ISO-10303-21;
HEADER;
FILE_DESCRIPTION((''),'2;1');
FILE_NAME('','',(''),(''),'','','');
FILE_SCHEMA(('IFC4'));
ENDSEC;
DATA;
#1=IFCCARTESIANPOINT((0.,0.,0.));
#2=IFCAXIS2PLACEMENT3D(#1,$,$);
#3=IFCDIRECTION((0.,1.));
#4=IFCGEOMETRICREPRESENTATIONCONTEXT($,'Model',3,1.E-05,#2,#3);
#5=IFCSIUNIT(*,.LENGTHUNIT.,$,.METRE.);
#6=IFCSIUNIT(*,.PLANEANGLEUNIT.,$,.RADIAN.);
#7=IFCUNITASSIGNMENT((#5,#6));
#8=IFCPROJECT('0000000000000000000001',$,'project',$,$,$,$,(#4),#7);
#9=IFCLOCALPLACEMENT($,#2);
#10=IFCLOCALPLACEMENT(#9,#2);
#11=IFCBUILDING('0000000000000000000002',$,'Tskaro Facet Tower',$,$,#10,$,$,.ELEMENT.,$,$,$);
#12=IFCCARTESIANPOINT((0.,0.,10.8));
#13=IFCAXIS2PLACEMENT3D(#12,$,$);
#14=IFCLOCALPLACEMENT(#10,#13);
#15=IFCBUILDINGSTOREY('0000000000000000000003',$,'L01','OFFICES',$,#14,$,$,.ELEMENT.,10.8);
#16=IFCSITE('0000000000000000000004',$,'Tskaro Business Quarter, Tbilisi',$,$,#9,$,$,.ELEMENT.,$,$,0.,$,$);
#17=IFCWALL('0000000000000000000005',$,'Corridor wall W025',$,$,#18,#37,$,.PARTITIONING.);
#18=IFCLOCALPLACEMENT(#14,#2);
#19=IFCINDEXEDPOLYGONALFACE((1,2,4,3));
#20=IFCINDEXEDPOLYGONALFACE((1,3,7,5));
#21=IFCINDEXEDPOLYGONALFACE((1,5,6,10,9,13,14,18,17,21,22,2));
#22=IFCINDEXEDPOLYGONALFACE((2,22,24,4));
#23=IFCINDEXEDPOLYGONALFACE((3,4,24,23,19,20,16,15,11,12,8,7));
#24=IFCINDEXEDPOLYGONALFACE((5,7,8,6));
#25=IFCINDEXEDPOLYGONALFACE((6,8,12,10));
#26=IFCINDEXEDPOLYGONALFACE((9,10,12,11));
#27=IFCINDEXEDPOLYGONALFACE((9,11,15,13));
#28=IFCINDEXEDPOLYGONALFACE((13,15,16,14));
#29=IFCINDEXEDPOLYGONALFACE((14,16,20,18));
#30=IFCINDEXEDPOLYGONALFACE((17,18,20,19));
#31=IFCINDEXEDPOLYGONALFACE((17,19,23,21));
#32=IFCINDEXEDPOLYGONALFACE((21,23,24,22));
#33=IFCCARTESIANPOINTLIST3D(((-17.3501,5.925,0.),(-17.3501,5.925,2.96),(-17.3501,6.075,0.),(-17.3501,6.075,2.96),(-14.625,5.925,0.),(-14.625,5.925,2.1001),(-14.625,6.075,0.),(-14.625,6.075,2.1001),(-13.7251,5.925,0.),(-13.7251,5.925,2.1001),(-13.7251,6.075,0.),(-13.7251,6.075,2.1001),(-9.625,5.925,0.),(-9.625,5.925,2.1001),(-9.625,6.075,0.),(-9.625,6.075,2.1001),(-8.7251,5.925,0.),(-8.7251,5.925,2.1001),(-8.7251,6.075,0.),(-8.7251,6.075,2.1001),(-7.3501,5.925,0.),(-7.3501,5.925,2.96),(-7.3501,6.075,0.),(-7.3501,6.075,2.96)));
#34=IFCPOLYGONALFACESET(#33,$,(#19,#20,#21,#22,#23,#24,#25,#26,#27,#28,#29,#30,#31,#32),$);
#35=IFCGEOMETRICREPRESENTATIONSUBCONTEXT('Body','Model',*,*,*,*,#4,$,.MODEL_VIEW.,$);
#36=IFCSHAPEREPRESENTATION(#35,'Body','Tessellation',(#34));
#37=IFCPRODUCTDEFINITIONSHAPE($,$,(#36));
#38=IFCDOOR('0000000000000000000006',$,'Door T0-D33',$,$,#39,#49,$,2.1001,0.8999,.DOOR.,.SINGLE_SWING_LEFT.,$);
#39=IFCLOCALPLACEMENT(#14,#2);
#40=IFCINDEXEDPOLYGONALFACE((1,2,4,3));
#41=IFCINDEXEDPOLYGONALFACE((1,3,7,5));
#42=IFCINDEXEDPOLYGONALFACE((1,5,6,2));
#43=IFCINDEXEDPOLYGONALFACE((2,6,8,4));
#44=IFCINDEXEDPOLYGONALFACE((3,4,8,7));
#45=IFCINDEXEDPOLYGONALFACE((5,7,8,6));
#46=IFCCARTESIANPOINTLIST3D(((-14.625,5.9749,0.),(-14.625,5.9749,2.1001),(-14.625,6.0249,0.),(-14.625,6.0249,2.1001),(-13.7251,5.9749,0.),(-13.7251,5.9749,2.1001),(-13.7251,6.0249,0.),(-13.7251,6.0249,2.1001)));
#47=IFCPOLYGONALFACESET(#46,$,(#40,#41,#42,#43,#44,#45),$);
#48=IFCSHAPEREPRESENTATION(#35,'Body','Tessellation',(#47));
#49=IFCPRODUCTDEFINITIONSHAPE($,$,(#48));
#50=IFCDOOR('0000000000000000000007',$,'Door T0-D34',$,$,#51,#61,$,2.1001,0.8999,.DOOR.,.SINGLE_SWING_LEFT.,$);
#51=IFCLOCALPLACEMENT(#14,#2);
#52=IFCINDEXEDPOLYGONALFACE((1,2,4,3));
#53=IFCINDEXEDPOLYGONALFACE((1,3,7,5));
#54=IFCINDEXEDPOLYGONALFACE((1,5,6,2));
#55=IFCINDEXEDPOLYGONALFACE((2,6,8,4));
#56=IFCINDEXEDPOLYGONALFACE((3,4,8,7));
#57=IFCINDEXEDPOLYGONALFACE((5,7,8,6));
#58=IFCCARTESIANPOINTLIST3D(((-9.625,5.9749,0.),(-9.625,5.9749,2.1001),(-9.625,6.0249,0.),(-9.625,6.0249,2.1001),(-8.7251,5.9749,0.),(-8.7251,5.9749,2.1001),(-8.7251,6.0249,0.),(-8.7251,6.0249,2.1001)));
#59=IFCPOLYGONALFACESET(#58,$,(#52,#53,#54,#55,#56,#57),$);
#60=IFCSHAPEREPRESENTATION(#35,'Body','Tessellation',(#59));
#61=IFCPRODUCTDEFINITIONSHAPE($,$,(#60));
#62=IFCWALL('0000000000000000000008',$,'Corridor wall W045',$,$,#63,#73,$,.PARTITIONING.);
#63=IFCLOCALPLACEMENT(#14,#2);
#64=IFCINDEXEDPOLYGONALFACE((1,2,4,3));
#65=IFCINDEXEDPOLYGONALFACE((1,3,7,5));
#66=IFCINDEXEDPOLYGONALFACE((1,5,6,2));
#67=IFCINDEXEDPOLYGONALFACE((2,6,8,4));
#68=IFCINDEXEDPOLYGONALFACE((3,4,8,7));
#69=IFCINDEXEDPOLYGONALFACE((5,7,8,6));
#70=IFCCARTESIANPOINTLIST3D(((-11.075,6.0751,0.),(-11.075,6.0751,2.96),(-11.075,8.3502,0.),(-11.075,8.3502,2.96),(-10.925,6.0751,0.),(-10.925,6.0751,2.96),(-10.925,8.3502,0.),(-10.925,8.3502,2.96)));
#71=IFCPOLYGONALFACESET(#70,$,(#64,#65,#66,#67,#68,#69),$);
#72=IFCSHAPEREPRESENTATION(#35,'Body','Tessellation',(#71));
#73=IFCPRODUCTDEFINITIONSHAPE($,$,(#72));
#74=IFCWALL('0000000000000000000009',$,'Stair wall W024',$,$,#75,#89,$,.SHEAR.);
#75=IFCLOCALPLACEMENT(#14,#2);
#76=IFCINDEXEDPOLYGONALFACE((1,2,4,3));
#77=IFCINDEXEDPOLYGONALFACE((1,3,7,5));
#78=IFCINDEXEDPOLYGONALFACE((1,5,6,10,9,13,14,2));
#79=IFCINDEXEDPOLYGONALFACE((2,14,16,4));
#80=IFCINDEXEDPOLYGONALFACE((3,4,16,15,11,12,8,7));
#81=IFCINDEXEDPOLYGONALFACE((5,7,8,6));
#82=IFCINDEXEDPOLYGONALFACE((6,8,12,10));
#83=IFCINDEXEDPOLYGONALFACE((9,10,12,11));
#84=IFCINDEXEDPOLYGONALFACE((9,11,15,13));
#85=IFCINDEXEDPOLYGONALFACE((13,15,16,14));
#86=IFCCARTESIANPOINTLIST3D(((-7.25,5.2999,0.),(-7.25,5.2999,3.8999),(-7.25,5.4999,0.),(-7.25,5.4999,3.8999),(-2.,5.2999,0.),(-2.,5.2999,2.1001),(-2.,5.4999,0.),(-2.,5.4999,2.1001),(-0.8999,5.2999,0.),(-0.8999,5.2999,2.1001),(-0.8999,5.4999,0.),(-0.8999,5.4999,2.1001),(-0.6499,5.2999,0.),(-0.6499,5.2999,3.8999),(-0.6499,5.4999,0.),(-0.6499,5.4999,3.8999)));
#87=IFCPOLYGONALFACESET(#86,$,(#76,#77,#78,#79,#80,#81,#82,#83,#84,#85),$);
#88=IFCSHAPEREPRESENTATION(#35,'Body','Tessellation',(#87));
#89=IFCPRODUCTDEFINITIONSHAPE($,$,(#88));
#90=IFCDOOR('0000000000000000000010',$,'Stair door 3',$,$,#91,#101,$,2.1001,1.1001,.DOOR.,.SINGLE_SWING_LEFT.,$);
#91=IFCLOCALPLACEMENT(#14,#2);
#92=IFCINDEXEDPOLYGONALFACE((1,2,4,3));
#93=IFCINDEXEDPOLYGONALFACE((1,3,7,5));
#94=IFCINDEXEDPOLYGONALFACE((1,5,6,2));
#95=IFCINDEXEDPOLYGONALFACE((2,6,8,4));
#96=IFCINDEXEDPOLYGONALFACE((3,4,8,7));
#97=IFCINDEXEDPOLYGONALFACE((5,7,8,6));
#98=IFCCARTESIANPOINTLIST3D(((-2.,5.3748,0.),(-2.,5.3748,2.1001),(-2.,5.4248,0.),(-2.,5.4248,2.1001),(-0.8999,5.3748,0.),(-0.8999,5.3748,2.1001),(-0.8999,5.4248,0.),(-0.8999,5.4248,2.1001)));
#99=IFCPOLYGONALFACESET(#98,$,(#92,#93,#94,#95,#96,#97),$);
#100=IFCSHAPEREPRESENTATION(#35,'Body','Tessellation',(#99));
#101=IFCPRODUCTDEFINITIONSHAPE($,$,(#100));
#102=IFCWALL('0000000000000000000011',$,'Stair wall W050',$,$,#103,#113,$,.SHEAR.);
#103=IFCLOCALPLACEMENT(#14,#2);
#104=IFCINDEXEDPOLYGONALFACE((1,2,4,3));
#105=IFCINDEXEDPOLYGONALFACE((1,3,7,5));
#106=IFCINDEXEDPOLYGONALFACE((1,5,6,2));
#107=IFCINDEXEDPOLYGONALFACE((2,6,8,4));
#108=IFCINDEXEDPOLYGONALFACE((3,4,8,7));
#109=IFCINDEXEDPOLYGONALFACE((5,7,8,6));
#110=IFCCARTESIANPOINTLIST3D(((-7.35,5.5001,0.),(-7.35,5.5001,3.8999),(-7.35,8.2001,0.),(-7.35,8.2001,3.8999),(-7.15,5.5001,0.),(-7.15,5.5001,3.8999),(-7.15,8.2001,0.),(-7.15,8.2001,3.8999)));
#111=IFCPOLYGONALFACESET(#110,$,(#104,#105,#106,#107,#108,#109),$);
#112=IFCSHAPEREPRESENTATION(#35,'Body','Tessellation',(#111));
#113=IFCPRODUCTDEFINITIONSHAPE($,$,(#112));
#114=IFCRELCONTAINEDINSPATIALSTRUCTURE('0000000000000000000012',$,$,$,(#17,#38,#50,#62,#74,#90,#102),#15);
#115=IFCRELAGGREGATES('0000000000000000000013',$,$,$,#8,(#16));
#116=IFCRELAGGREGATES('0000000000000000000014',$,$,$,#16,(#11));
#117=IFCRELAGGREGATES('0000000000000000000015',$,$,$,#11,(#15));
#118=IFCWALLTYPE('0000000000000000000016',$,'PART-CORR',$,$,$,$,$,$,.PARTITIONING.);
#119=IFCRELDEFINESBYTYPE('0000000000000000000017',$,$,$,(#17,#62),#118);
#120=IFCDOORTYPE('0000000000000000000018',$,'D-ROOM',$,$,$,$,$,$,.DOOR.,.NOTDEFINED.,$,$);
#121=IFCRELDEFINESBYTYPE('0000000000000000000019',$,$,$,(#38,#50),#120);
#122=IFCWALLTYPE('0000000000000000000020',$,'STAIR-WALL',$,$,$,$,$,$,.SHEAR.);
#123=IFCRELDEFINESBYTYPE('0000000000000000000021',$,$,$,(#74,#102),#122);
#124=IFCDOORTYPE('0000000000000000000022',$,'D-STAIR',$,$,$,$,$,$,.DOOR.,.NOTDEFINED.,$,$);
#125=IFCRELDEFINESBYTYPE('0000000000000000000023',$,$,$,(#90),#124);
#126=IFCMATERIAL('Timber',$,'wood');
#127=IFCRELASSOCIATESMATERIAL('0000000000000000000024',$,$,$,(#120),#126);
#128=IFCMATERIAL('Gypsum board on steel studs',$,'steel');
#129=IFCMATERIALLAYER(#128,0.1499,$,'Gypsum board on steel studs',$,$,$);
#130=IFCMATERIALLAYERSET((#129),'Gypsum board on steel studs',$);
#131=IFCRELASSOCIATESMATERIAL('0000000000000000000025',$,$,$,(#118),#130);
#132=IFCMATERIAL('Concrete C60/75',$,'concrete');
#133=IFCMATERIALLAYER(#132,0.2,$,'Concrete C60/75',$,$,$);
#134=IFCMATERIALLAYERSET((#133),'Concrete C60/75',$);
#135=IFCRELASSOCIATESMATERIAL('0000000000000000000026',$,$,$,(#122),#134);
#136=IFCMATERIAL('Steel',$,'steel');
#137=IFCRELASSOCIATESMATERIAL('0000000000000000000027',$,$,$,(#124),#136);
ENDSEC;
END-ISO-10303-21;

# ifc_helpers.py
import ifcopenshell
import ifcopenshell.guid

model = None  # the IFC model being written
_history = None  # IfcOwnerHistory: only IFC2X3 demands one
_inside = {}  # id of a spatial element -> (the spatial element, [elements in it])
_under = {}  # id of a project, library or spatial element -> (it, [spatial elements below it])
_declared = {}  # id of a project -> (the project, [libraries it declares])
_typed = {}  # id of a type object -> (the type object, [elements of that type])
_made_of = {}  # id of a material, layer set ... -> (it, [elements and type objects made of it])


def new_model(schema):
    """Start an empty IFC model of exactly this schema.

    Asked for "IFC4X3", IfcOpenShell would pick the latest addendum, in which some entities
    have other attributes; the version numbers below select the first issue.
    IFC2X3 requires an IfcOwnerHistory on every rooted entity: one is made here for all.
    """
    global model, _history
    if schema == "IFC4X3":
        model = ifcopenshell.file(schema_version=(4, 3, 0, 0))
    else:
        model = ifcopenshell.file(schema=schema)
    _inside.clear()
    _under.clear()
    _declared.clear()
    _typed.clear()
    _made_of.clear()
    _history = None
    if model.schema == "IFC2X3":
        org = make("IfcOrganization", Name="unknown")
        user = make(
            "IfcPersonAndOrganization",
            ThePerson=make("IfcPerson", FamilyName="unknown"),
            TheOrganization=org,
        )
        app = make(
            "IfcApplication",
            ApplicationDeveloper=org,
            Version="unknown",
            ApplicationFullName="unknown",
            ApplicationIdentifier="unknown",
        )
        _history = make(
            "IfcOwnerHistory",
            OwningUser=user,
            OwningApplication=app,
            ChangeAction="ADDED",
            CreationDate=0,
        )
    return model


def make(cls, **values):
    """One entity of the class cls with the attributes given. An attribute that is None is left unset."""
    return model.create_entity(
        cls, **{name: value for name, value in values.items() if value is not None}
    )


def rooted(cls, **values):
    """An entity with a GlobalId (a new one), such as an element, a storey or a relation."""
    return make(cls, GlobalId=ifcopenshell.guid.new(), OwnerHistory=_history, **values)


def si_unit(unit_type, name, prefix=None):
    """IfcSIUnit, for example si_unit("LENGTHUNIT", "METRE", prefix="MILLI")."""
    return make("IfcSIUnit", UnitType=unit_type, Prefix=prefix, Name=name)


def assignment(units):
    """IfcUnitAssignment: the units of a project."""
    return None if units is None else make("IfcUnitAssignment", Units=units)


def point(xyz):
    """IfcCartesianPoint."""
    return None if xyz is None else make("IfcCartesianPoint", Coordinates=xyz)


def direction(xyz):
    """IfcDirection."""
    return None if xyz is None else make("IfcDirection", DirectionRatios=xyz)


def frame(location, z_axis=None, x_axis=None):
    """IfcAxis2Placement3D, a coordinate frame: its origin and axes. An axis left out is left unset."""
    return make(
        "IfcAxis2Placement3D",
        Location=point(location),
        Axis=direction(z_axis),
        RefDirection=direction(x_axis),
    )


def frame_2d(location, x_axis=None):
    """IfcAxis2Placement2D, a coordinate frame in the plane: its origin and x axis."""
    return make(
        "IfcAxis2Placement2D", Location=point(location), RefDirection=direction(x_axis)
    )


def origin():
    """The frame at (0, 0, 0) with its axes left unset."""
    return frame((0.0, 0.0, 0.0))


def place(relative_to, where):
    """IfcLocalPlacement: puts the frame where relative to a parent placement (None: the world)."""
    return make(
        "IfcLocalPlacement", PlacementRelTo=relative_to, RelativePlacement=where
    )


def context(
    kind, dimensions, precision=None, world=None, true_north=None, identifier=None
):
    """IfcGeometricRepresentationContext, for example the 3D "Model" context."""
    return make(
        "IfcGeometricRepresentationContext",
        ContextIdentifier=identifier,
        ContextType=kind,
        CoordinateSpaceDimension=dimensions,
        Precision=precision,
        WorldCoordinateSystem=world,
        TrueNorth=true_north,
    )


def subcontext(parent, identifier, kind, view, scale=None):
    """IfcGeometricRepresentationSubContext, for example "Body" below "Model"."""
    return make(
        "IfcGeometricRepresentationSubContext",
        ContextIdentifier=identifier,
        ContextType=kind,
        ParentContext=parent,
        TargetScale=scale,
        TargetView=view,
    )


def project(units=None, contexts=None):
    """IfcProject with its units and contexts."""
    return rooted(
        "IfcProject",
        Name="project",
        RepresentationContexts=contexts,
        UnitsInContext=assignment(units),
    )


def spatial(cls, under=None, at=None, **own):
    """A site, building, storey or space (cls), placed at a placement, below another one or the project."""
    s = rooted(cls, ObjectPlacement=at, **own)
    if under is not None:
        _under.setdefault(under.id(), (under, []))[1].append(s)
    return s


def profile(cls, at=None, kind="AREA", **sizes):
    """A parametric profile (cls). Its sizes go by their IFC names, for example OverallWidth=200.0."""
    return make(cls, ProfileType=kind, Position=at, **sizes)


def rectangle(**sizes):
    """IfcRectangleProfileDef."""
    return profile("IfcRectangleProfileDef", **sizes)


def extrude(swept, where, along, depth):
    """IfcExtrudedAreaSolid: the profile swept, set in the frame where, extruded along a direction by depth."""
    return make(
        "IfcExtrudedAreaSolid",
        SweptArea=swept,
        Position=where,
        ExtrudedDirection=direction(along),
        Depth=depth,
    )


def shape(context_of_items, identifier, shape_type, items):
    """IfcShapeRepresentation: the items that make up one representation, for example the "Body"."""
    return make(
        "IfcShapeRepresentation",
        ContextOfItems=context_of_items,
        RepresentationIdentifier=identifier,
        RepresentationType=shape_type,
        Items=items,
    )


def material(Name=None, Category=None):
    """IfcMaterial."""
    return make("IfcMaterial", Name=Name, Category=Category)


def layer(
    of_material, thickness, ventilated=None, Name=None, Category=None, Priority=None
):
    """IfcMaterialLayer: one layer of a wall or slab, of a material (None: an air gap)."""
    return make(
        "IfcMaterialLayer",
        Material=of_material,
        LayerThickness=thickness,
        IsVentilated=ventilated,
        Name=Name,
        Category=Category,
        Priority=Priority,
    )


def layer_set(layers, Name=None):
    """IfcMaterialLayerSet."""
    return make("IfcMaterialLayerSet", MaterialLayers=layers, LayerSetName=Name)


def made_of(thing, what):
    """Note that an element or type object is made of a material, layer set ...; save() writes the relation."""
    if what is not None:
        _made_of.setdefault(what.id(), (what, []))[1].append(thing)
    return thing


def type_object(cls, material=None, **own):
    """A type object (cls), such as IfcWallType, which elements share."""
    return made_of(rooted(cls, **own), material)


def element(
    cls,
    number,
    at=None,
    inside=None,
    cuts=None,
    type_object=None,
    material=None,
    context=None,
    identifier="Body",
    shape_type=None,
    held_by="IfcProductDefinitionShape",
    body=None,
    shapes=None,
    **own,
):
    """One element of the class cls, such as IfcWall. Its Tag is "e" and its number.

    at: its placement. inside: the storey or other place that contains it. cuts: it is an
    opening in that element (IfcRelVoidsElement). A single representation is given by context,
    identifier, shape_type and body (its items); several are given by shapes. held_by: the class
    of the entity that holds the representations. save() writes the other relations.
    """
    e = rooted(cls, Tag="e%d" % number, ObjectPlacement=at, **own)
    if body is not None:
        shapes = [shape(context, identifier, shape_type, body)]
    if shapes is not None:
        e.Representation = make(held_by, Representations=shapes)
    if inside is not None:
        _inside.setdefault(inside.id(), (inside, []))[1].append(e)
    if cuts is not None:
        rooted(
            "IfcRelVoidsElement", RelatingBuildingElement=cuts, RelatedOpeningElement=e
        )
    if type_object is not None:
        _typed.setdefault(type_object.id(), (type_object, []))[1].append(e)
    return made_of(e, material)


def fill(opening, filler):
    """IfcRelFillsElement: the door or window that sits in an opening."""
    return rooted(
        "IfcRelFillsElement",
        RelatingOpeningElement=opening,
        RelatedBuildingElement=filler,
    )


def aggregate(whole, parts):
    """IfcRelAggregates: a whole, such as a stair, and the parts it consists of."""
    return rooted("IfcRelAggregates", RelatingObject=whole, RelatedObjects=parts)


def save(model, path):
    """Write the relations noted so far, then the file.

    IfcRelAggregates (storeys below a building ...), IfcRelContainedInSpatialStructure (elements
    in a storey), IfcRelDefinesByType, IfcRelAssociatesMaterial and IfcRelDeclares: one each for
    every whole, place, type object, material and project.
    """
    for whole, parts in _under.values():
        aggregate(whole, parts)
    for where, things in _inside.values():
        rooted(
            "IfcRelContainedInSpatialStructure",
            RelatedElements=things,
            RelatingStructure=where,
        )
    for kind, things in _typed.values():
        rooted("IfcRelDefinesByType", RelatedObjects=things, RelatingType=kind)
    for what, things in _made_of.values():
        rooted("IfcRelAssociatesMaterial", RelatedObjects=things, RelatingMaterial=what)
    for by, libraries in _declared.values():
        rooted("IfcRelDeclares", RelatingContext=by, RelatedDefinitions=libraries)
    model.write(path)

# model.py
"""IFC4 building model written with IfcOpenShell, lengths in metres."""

from ifc_helpers import new_model, si_unit, direction, frame, frame_2d, origin, place, context, subcontext, project, spatial, rectangle, extrude, material, layer, layer_set, type_object, element, fill, save


model = new_model("IFC4")

# Units and contexts
model_context = context("Model", 3, precision=1e-05, world=origin(), true_north=direction((0.0, 1.0)))
body_context = subcontext(model_context, "Body", "Model", "MODEL_VIEW")
ifc_project = project(units=[si_unit("LENGTHUNIT", "METRE"), si_unit("PLANEANGLEUNIT", "RADIAN")], contexts=[model_context])

# Site, building, storey
site_placement = place(None, origin())
site = spatial("IfcSite", under=ifc_project, at=site_placement, Name="Tskaro Business Quarter, Tbilisi", CompositionType="ELEMENT", RefElevation=0.0)
building_placement = place(site_placement, origin())
building = spatial("IfcBuilding", under=site, at=building_placement, Name="Tskaro Facet Tower", CompositionType="ELEMENT")
storey_placement = place(building_placement, frame((0.0, 0.0, 10.8)))
storey = spatial("IfcBuildingStorey", under=building, at=storey_placement, Name="L01", Description="OFFICES", CompositionType="ELEMENT", Elevation=10.8)

# Shared definitions
ifc_material_1 = material(Name="Concrete C60/75", Category="concrete")

# Wall, openings, doors
ifc_material_2 = material(Name="Steel", Category="steel")
ifc_material_3 = material(Name="Timber", Category="wood")
door_type_1 = type_object("IfcDoorType", Name="D-ROOM", OperationType="NOTDEFINED", PredefinedType="DOOR", material=ifc_material_3)
ifc_material_4 = material(Name="Gypsum board on steel studs", Category="steel")
ifc_layer_1 = layer(ifc_material_4, 0.1499, Name="Gypsum board on steel studs")
ifc_layer_set_1 = layer_set([ifc_layer_1], Name="Gypsum board on steel studs")
wall_type_1 = type_object("IfcWallType", Name="PART-CORR", PredefinedType="PARTITIONING", material=ifc_layer_set_1)
wall_1_placement = place(storey_placement, frame((-17.3501, 6.0, 0.0), z_axis=(0.0, 0.0, 1.0), x_axis=(1.0, 0.0, 0.0)))
wall_1 = element("IfcWall", 1, at=wall_1_placement, inside=storey, type_object=wall_type_1, Name="Corridor wall W025", PredefinedType="PARTITIONING", context=body_context, shape_type="SweptSolid", body=[
    extrude(rectangle(XDim=10.0, YDim=0.1499, at=frame_2d((5.0, 0.0))), origin(), (0.0, 0.0, 1.0), 2.96),
])
opening_1_placement = place(wall_1_placement, frame((2.7251, 0.0, 0.0)))
opening_1 = element("IfcOpeningElement", 2, at=opening_1_placement, cuts=wall_1, PredefinedType="OPENING", context=body_context, shape_type="SweptSolid", body=[
    extrude(rectangle(XDim=0.8999, YDim=2.1001, at=frame_2d((0.45, 1.05))), frame((0.0, 0.085, 0.0), z_axis=(0.0, -1.0, 0.0), x_axis=(1.0, 0.0, 0.0)), (0.0, 0.0, 1.0), 0.1699),
])
opening_2_placement = place(wall_1_placement, frame((7.7251, 0.0, 0.0)))
opening_2 = element("IfcOpeningElement", 3, at=opening_2_placement, cuts=wall_1, PredefinedType="OPENING", context=body_context, shape_type="SweptSolid", body=[
    extrude(rectangle(XDim=0.8999, YDim=2.1001, at=frame_2d((0.45, 1.05))), frame((0.0, 0.085, 0.0), z_axis=(0.0, -1.0, 0.0), x_axis=(1.0, 0.0, 0.0)), (0.0, 0.0, 1.0), 0.1699),
])
door_1_placement = place(opening_1_placement, origin())
door_1 = element("IfcDoor", 4, at=door_1_placement, inside=storey, type_object=door_type_1, Name="Door T0-D33", OperationType="SINGLE_SWING_LEFT", OverallHeight=2.1001, OverallWidth=0.8999, PredefinedType="DOOR", context=body_context, shape_type="SweptSolid", body=[
    extrude(rectangle(XDim=0.8999, YDim=2.1001, at=frame_2d((0.45, 1.05))), frame((0.0, 0.0249, 0.0), z_axis=(0.0, -1.0, 0.0), x_axis=(1.0, 0.0, 0.0)), (0.0, 0.0, 1.0), 0.05),
])
fill(opening_1, door_1)
door_2_placement = place(opening_2_placement, origin())
door_2 = element("IfcDoor", 5, at=door_2_placement, inside=storey, type_object=door_type_1, Name="Door T0-D34", OperationType="SINGLE_SWING_LEFT", OverallHeight=2.1001, OverallWidth=0.8999, PredefinedType="DOOR", context=body_context, shape_type="SweptSolid", body=[
    extrude(rectangle(XDim=0.8999, YDim=2.1001, at=frame_2d((0.45, 1.05))), frame((0.0, 0.0249, 0.0), z_axis=(0.0, -1.0, 0.0), x_axis=(1.0, 0.0, 0.0)), (0.0, 0.0, 1.0), 0.05),
])
fill(opening_2, door_2)

# Wall
wall_2_placement = place(storey_placement, frame((-11.0, 6.075, 0.0), z_axis=(0.0, 0.0, 1.0), x_axis=(0.0, 1.0, 0.0)))
element("IfcWall", 6, at=wall_2_placement, inside=storey, type_object=wall_type_1, Name="Corridor wall W045", PredefinedType="PARTITIONING", context=body_context, shape_type="SweptSolid", body=[
    extrude(rectangle(XDim=2.2751, YDim=0.1499, at=frame_2d((1.1377, 0.0))), origin(), (0.0, 0.0, 1.0), 2.96),
])

# Wall, opening, door
ifc_layer_2 = layer(ifc_material_1, 0.2, Name="Concrete C60/75")
ifc_layer_set_2 = layer_set([ifc_layer_2], Name="Concrete C60/75")
wall_type_2 = type_object("IfcWallType", Name="STAIR-WALL", PredefinedType="SHEAR", material=ifc_layer_set_2)
wall_3_placement = place(storey_placement, frame((-7.25, 5.3999, 0.0), z_axis=(0.0, 0.0, 1.0), x_axis=(1.0, 0.0, 0.0)))
wall_3 = element("IfcWall", 7, at=wall_3_placement, inside=storey, type_object=wall_type_2, Name="Stair wall W024", PredefinedType="SHEAR", context=body_context, shape_type="SweptSolid", body=[
    extrude(rectangle(XDim=6.6001, YDim=0.2, at=frame_2d((3.3, 0.0))), origin(), (0.0, 0.0, 1.0), 3.8999),
])
opening_3_placement = place(wall_3_placement, frame((5.25, 0.0, 0.0)))
opening_3 = element("IfcOpeningElement", 8, at=opening_3_placement, cuts=wall_3, PredefinedType="OPENING", context=body_context, shape_type="SweptSolid", body=[
    extrude(rectangle(XDim=1.1001, YDim=2.1001, at=frame_2d((0.55, 1.05))), frame((0.0, 0.1099, 0.0), z_axis=(0.0, -1.0, 0.0), x_axis=(1.0, 0.0, 0.0)), (0.0, 0.0, 1.0), 0.22),
])
door_type_2 = type_object("IfcDoorType", Name="D-STAIR", OperationType="NOTDEFINED", PredefinedType="DOOR", material=ifc_material_2)
door_3_placement = place(opening_3_placement, origin())
door_3 = element("IfcDoor", 9, at=door_3_placement, inside=storey, type_object=door_type_2, Name="Stair door 3", OperationType="SINGLE_SWING_LEFT", OverallHeight=2.1001, OverallWidth=1.1001, PredefinedType="DOOR", context=body_context, shape_type="SweptSolid", body=[
    extrude(rectangle(XDim=1.1001, YDim=2.1001, at=frame_2d((0.55, 1.05))), frame((0.0, 0.0249, 0.0), z_axis=(0.0, -1.0, 0.0), x_axis=(1.0, 0.0, 0.0)), (0.0, 0.0, 1.0), 0.05),
])
fill(opening_3, door_3)

# Wall
wall_4_placement = place(storey_placement, frame((-7.25, 5.5, 0.0), z_axis=(0.0, 0.0, 1.0), x_axis=(0.0, 1.0, 0.0)))
element("IfcWall", 10, at=wall_4_placement, inside=storey, type_object=wall_type_2, Name="Stair wall W050", PredefinedType="SHEAR", context=body_context, shape_type="SweptSolid", body=[
    extrude(rectangle(XDim=2.7, YDim=0.2, at=frame_2d((1.3501, 0.0))), origin(), (0.0, 0.0, 1.0), 3.8999),
])

save(model, "model.ifc")
